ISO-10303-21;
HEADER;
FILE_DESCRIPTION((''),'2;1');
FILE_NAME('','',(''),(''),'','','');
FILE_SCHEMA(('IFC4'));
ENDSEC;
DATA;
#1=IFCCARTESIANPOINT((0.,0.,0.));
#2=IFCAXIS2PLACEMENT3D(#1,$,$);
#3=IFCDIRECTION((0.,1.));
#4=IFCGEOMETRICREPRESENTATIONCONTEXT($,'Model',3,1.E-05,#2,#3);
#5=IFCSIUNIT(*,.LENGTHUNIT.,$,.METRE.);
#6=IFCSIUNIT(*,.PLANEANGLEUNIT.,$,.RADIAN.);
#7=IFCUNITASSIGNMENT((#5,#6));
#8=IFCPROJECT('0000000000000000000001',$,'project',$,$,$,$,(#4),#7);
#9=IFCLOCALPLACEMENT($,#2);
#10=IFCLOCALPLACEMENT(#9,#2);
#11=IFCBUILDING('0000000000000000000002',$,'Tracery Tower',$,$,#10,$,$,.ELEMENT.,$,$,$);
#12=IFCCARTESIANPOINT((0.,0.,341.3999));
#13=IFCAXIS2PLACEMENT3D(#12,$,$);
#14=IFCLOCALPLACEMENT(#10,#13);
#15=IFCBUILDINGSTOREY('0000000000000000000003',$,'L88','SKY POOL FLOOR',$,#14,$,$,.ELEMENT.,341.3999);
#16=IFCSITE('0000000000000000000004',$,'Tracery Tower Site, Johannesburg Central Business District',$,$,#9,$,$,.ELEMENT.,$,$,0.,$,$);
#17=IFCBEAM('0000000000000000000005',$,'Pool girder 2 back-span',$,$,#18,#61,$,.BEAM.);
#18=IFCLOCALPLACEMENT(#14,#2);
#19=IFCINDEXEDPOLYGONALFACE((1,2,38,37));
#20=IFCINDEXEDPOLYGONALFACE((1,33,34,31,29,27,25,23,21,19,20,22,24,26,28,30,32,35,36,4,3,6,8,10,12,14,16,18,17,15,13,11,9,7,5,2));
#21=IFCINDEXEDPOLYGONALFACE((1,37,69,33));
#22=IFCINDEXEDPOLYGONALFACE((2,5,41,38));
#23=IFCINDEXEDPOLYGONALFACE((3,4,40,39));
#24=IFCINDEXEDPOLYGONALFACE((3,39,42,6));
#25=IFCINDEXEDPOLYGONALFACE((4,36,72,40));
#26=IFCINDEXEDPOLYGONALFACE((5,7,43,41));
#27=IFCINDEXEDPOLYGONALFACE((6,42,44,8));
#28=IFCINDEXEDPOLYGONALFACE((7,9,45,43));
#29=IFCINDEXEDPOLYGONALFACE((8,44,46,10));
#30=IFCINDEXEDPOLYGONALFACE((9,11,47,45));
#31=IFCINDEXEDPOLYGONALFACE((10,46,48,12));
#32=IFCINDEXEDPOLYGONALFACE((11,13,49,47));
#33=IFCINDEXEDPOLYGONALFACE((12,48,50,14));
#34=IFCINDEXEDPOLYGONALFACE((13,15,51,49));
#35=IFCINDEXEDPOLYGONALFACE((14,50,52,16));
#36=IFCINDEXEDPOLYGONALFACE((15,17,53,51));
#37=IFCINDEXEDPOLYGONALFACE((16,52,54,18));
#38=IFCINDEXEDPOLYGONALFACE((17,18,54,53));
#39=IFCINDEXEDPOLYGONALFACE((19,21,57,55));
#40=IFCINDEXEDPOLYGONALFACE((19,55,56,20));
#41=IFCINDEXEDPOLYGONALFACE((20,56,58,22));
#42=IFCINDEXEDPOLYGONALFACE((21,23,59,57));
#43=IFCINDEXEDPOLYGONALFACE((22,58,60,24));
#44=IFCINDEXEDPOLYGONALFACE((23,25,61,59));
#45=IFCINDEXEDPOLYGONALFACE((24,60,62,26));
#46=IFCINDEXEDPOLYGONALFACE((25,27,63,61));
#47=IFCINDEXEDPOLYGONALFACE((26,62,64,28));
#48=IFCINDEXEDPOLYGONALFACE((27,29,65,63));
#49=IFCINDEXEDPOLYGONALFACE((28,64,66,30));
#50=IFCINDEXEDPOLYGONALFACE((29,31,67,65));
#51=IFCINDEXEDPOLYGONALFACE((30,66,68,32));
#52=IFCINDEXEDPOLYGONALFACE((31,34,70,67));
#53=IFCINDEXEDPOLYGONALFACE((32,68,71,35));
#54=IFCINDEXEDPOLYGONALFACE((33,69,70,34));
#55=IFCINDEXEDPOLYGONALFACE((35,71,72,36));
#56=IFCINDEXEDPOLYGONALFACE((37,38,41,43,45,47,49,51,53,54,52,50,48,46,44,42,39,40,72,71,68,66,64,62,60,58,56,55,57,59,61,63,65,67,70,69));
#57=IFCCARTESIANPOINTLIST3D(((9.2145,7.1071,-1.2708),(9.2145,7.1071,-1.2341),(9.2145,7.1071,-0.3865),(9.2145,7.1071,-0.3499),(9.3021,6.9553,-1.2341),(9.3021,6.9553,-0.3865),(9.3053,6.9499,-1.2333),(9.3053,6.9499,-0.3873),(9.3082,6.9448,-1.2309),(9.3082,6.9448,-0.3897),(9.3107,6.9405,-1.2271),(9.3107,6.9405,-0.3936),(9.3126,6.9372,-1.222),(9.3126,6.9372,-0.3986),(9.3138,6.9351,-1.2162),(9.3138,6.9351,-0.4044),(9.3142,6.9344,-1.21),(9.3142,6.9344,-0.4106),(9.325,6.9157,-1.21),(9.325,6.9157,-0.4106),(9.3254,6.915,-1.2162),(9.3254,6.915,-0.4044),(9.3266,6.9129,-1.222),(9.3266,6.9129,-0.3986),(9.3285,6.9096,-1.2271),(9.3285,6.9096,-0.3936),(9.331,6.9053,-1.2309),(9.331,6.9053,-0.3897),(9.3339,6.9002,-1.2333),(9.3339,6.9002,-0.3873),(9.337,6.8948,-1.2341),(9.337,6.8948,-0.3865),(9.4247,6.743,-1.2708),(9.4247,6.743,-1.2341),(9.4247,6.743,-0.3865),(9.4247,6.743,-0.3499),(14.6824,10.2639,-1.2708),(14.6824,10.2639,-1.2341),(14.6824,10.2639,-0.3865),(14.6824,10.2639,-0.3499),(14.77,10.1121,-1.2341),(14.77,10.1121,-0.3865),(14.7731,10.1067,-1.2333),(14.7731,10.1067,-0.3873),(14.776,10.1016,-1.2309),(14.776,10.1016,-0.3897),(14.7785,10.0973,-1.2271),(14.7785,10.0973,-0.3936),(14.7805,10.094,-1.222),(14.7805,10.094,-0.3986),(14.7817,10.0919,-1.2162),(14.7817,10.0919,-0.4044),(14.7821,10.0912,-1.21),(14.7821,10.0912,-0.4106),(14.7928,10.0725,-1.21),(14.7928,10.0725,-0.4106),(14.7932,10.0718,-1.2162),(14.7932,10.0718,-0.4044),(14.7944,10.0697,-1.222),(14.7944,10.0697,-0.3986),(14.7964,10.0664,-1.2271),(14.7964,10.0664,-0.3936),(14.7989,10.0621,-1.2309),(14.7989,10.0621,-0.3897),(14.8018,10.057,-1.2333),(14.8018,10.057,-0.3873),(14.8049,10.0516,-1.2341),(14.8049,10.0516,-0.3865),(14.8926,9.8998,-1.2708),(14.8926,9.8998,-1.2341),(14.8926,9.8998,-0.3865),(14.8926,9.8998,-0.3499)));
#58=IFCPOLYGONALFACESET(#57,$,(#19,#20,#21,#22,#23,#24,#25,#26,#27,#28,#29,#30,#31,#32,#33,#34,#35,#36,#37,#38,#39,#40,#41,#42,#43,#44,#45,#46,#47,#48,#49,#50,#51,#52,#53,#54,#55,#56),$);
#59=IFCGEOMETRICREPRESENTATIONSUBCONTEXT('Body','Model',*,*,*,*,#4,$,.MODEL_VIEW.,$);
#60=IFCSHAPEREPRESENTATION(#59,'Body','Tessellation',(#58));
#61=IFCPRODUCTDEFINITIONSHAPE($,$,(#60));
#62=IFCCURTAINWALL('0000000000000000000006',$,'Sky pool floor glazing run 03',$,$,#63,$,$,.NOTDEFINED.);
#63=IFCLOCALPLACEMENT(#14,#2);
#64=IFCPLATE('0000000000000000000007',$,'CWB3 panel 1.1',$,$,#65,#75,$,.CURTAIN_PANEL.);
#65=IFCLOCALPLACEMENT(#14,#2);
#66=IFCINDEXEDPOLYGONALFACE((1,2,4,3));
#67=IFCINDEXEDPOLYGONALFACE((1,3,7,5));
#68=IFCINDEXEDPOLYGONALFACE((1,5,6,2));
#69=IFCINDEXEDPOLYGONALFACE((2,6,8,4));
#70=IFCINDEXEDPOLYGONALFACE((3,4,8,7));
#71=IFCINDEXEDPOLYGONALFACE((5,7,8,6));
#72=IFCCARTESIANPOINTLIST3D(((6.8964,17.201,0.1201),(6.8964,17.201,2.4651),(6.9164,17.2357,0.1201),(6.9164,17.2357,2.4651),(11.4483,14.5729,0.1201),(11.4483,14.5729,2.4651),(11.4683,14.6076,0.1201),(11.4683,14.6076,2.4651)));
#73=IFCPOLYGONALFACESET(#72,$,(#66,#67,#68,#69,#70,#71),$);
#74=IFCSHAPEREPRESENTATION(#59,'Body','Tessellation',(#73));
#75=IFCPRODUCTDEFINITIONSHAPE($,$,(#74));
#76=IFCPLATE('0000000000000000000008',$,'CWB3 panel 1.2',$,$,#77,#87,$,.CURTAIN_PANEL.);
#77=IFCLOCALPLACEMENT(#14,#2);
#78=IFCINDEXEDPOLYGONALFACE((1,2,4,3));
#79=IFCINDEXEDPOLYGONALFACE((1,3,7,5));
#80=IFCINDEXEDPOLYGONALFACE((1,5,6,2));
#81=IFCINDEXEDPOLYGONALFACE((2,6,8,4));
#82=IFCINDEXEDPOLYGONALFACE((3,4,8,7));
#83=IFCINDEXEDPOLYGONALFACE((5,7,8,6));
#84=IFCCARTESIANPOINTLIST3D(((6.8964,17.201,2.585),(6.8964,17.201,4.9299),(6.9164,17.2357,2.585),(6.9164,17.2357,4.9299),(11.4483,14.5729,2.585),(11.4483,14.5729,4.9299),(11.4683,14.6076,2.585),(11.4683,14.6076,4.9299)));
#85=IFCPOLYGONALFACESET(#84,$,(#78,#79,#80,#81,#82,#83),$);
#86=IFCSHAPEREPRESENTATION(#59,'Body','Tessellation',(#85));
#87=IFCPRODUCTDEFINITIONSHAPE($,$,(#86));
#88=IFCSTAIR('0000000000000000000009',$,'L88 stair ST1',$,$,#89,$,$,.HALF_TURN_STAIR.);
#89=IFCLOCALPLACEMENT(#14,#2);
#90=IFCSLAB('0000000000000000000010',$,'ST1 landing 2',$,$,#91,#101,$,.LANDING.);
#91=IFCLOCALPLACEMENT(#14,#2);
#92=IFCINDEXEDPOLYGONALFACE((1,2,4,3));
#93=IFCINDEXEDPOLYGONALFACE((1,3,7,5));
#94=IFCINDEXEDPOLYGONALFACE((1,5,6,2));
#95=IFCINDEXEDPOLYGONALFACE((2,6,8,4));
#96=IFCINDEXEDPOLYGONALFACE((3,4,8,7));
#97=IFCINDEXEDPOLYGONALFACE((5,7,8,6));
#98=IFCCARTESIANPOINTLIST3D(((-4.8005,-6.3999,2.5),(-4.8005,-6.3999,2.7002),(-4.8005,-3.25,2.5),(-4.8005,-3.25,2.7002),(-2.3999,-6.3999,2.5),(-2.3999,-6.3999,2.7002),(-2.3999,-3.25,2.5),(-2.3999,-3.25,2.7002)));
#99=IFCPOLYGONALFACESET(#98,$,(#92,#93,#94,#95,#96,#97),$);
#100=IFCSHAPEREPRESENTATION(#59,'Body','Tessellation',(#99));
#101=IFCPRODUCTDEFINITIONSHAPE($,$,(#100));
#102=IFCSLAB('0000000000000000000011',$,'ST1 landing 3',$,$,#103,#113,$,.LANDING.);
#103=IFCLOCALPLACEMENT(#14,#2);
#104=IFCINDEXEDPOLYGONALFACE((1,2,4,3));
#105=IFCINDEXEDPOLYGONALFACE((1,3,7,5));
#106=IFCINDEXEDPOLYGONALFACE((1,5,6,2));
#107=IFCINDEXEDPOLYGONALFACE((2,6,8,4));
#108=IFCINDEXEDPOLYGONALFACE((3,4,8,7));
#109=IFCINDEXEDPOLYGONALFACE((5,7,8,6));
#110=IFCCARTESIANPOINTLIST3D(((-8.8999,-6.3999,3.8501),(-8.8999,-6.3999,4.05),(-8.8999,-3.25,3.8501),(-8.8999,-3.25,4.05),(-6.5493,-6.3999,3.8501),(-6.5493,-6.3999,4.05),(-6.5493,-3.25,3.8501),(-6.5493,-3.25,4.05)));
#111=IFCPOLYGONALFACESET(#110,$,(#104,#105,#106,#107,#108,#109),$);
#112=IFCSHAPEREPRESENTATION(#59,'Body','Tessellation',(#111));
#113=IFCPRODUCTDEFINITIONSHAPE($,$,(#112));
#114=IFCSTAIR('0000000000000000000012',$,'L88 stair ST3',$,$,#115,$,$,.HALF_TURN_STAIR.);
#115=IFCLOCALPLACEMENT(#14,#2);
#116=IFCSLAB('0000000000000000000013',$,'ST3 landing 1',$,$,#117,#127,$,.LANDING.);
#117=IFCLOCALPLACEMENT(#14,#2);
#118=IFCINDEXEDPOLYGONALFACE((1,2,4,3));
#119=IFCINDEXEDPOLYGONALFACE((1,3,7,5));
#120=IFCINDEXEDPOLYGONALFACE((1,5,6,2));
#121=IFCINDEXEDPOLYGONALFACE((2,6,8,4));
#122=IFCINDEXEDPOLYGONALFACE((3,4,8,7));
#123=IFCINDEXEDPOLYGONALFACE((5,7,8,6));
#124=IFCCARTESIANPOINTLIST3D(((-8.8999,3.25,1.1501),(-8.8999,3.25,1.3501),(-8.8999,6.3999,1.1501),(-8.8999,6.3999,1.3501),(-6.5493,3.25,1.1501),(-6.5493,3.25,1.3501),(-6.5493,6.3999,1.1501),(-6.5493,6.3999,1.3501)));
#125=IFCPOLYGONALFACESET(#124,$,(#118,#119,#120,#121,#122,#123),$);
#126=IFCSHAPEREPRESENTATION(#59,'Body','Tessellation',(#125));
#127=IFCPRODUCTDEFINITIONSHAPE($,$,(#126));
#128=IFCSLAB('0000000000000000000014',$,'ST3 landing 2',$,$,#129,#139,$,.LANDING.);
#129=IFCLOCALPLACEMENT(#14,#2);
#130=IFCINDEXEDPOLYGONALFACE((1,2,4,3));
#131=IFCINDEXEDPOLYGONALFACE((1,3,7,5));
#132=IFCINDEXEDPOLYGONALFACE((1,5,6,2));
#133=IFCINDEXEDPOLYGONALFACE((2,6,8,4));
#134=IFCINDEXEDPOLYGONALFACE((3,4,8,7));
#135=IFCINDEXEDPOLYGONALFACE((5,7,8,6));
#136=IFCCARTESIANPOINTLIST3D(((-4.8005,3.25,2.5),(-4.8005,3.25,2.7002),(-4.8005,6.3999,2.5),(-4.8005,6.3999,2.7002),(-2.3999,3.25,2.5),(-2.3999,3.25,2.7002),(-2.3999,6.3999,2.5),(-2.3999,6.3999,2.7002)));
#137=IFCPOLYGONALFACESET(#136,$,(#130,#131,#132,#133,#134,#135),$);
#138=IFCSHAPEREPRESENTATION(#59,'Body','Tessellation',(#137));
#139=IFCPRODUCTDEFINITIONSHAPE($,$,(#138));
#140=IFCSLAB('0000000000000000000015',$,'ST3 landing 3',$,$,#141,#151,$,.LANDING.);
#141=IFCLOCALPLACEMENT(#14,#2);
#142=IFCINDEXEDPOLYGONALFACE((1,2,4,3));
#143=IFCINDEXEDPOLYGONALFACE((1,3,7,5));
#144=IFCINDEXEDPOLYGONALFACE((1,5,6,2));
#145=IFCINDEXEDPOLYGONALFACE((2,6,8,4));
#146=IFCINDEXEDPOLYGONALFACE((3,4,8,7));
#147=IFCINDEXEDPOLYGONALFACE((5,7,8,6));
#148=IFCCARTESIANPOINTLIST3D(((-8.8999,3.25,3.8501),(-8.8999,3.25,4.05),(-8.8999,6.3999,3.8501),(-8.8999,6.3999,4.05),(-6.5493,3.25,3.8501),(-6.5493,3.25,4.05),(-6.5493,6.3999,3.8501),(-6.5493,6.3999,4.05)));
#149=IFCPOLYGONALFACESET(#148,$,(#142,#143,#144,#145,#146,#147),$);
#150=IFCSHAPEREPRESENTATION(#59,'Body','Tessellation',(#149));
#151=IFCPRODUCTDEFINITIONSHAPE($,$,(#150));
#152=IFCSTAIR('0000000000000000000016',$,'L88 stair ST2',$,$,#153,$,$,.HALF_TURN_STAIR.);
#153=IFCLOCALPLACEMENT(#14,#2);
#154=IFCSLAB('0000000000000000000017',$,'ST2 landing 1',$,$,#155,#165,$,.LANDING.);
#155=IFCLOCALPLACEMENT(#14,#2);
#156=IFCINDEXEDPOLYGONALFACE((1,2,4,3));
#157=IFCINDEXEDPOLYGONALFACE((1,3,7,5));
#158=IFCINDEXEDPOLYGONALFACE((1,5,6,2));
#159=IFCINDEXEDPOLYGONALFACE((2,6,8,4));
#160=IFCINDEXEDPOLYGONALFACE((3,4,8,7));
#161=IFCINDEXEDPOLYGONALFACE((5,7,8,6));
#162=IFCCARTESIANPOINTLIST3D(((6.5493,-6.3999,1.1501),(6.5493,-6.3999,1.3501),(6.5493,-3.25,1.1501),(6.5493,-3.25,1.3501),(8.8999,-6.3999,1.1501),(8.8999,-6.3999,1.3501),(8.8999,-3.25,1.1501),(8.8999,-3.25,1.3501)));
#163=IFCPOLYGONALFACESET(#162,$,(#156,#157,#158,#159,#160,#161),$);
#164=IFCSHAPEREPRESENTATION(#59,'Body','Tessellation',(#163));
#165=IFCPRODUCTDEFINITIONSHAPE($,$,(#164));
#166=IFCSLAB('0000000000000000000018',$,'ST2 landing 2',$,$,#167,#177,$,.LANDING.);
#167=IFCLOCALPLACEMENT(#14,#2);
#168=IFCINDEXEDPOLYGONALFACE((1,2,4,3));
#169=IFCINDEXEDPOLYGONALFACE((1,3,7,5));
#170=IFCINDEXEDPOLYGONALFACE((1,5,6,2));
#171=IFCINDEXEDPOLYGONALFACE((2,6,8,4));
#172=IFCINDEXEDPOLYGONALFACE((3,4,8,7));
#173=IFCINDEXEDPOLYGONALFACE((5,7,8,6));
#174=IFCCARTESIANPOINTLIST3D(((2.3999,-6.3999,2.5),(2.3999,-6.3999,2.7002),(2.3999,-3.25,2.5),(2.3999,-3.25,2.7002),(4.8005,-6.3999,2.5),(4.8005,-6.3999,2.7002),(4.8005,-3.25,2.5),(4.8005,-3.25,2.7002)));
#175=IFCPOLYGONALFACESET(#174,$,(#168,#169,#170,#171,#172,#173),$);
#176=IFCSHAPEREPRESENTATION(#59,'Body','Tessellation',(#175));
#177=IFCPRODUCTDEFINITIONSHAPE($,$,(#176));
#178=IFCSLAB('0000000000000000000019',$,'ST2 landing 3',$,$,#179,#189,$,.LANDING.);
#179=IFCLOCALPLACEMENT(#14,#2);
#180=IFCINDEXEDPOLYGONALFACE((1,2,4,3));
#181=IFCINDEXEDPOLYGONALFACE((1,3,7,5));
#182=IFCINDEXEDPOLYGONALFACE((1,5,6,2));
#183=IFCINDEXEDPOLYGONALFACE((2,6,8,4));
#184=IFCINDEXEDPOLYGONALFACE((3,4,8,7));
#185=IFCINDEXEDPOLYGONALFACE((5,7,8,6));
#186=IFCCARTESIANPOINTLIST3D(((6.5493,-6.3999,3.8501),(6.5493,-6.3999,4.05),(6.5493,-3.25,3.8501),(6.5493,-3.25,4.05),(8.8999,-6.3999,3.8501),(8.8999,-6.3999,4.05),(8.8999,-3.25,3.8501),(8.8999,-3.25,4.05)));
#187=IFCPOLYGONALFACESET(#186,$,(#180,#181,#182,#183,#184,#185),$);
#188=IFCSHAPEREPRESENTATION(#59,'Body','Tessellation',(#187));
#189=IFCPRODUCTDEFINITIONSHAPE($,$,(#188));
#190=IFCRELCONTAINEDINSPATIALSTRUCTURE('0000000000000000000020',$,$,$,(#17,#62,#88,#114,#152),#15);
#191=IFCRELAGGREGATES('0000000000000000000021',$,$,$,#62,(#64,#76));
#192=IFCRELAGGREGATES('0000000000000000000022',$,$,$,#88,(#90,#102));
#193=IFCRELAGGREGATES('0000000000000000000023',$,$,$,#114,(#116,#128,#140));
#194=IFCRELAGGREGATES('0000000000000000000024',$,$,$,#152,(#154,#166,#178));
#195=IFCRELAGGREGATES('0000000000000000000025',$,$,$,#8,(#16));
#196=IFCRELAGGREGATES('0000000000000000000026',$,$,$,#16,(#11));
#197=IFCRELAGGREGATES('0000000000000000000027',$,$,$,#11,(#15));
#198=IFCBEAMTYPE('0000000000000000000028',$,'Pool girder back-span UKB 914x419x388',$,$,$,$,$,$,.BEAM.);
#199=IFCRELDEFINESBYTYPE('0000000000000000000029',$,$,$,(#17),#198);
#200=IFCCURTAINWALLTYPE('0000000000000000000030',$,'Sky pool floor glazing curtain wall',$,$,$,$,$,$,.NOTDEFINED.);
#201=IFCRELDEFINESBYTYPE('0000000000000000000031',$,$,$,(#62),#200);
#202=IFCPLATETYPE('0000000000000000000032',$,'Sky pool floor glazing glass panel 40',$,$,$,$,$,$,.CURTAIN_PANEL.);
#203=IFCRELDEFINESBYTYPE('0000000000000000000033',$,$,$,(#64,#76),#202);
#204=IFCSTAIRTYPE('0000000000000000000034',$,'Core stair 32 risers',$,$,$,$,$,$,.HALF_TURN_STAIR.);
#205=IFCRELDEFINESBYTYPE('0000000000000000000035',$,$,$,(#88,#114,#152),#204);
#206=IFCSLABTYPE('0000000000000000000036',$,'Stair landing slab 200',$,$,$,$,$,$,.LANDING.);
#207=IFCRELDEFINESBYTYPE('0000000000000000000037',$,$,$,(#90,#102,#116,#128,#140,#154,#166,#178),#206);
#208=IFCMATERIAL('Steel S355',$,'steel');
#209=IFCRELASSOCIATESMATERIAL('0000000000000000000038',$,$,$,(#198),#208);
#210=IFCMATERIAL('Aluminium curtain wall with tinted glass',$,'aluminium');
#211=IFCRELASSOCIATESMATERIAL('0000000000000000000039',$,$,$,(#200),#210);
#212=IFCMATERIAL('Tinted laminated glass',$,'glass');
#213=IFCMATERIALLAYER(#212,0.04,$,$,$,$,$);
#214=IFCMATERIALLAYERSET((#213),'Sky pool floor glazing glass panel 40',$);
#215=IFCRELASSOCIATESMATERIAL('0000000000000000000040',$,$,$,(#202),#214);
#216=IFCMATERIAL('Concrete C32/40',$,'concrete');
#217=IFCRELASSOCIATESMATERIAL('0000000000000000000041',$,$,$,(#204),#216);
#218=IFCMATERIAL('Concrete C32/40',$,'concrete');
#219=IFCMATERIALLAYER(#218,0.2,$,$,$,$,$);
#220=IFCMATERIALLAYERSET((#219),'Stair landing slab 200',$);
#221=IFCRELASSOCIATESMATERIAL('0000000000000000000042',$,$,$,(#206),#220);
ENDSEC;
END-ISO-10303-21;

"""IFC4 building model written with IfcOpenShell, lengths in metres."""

from ifc_helpers import new_model, si_unit, direction, frame, origin, origin_2d, place, context, subcontext, project, spatial, polyline, rectangle, i_section, outline, extrude, material, layer, layer_set, material_profile, profile_set, type_object, element, aggregate, save


model = new_model("IFC4")

# Units and contexts
model_context = context("Model", 3, precision=1e-05, world=origin(), true_north=direction((0.0, 1.0)))
body_context = subcontext(model_context, "Body", "Model", "MODEL_VIEW")
ifc_project = project(units=[si_unit("LENGTHUNIT", "METRE"), si_unit("PLANEANGLEUNIT", "RADIAN")], contexts=[model_context])

# Site, building, storey
site_placement = place(None, origin())
site = spatial("IfcSite", under=ifc_project, at=site_placement, Name="Tracery Tower Site, Johannesburg Central Business District", CompositionType="ELEMENT", RefElevation=0.0)
building_placement = place(site_placement, origin())
building = spatial("IfcBuilding", under=site, at=building_placement, Name="Tracery Tower", CompositionType="ELEMENT")
storey_placement = place(building_placement, frame((0.0, 0.0, 341.3999)))
storey = spatial("IfcBuildingStorey", under=building, at=storey_placement, Name="L88", Description="SKY POOL FLOOR", CompositionType="ELEMENT", Elevation=341.3999)

# Beam
ifc_material_1 = material(Name="Steel S355", Category="steel")
ifc_material_profile_1 = material_profile(ifc_material_1, i_section(OverallWidth=0.4204, OverallDepth=0.9209, WebThickness=0.0215, FlangeThickness=0.0366, FilletRadius=0.0242, at=origin_2d()), Name="UKB 914x419x388")
ifc_profile_set_1 = profile_set([ifc_material_profile_1], Name="Steel S355")
beam_type_1 = type_object("IfcBeamType", Name="Pool girder back-span UKB 914x419x388", PredefinedType="BEAM", material=ifc_profile_set_1)
beam_1_placement = place(storey_placement, frame((9.3196, 6.925, -0.8103), z_axis=(0.866031, 0.49999, 0.0), x_axis=(-0.49999, 0.866031, 0.0)))
element("IfcBeam", 1, at=beam_1_placement, inside=storey, type_object=beam_type_1, Name="Pool girder 2 back-span", PredefinedType="BEAM", context=body_context, shape_type="SweptSolid", body=[
    extrude(i_section(OverallWidth=0.4204, OverallDepth=0.9209, WebThickness=0.0215, FlangeThickness=0.0366, FilletRadius=0.0242, at=origin_2d()), origin(), (0.0, 0.0, 1.0), 6.3137),
])

# Curtain wall, plates
ifc_material_2 = material(Name="Aluminium curtain wall with tinted glass", Category="aluminium")
curtain_wall_type = type_object("IfcCurtainWallType", Name="Sky pool floor glazing curtain wall", PredefinedType="NOTDEFINED", material=ifc_material_2)
curtain_wall_placement = place(storey_placement, origin())
curtain_wall = element("IfcCurtainWall", 2, at=curtain_wall_placement, inside=storey, type_object=curtain_wall_type, Name="Sky pool floor glazing run 03", PredefinedType="NOTDEFINED")
ifc_material_3 = material(Name="Tinted laminated glass", Category="glass")
ifc_layer_1 = layer(ifc_material_3, 0.04)
ifc_layer_set_1 = layer_set([ifc_layer_1], Name="Sky pool floor glazing glass panel 40")
plate_type = type_object("IfcPlateType", Name="Sky pool floor glazing glass panel 40", PredefinedType="CURTAIN_PANEL", material=ifc_layer_set_1)
plate_1_placement = place(storey_placement, frame((9.1824, 15.9043, 0.1201), z_axis=(0.0, 0.0, 1.0), x_axis=(-0.86602, 0.500009, 0.0)))
plate_1 = element("IfcPlate", 3, at=plate_1_placement, type_object=plate_type, Name="CWB3 panel 1.1", PredefinedType="CURTAIN_PANEL", context=body_context, shape_type="SweptSolid", body=[
    extrude(rectangle(XDim=5.2561, YDim=0.04, at=origin_2d()), origin(), (0.0, 0.0, 1.0), 2.345),
])
plate_2_placement = place(storey_placement, frame((9.1824, 15.9043, 2.585), z_axis=(0.0, 0.0, 1.0), x_axis=(-0.86602, 0.500009, 0.0)))
plate_2 = element("IfcPlate", 4, at=plate_2_placement, type_object=plate_type, Name="CWB3 panel 1.2", PredefinedType="CURTAIN_PANEL", context=body_context, shape_type="SweptSolid", body=[
    extrude(rectangle(XDim=5.2561, YDim=0.04, at=origin_2d()), origin(), (0.0, 0.0, 1.0), 2.345),
])
aggregate(curtain_wall, [plate_1, plate_2])

# Stairs, slabs
ifc_material_4 = material(Name="Concrete C32/40", Category="concrete")
stair_type = type_object("IfcStairType", Name="Core stair 32 risers", PredefinedType="HALF_TURN_STAIR", material=ifc_material_4)
stair_1_placement = place(storey_placement, origin())
stair_1 = element("IfcStair", 5, at=stair_1_placement, inside=storey, type_object=stair_type, Name="L88 stair ST1", PredefinedType="HALF_TURN_STAIR")
ifc_material_5 = material(Name="Concrete C32/40", Category="concrete")
ifc_layer_2 = layer(ifc_material_5, 0.2)
ifc_layer_set_2 = layer_set([ifc_layer_2], Name="Stair landing slab 200")
slab_type = type_object("IfcSlabType", Name="Stair landing slab 200", PredefinedType="LANDING", material=ifc_layer_set_2)
slab_1_placement = place(storey_placement, frame((0.0, 0.0, 2.5)))
slab_1 = element("IfcSlab", 6, at=slab_1_placement, type_object=slab_type, Name="ST1 landing 2", PredefinedType="LANDING", context=body_context, shape_type="SweptSolid", body=[
    extrude(outline(polyline([(-2.3999, -3.25), (-4.8005, -3.25), (-4.8005, -6.3999), (-2.3999, -6.3999), (-2.3999, -3.25)])), origin(), (0.0, 0.0, 1.0), 0.2002),
])
slab_2_placement = place(storey_placement, frame((0.0, 0.0, 3.8501)))
slab_2 = element("IfcSlab", 7, at=slab_2_placement, type_object=slab_type, Name="ST1 landing 3", PredefinedType="LANDING", context=body_context, shape_type="SweptSolid", body=[
    extrude(outline(polyline([(-6.5493, -3.25), (-8.8999, -3.25), (-8.8999, -6.3999), (-6.5493, -6.3999), (-6.5493, -3.25)])), origin(), (0.0, 0.0, 1.0), 0.2),
])
aggregate(stair_1, [slab_1, slab_2])
stair_2_placement = place(storey_placement, origin())
stair_2 = element("IfcStair", 8, at=stair_2_placement, inside=storey, type_object=stair_type, Name="L88 stair ST3", PredefinedType="HALF_TURN_STAIR")
slab_3_placement = place(storey_placement, frame((0.0, 0.0, 1.1501)))
slab_3 = element("IfcSlab", 9, at=slab_3_placement, type_object=slab_type, Name="ST3 landing 1", PredefinedType="LANDING", context=body_context, shape_type="SweptSolid", body=[
    extrude(outline(polyline([(-6.5493, 6.3999), (-8.8999, 6.3999), (-8.8999, 3.25), (-6.5493, 3.25), (-6.5493, 6.3999)])), origin(), (0.0, 0.0, 1.0), 0.2),
])
slab_4_placement = place(storey_placement, frame((0.0, 0.0, 2.5)))
slab_4 = element("IfcSlab", 10, at=slab_4_placement, type_object=slab_type, Name="ST3 landing 2", PredefinedType="LANDING", context=body_context, shape_type="SweptSolid", body=[
    extrude(outline(polyline([(-2.3999, 6.3999), (-4.8005, 6.3999), (-4.8005, 3.25), (-2.3999, 3.25), (-2.3999, 6.3999)])), origin(), (0.0, 0.0, 1.0), 0.2002),
])
slab_5_placement = place(storey_placement, frame((0.0, 0.0, 3.8501)))
slab_5 = element("IfcSlab", 11, at=slab_5_placement, type_object=slab_type, Name="ST3 landing 3", PredefinedType="LANDING", context=body_context, shape_type="SweptSolid", body=[
    extrude(outline(polyline([(-6.5493, 6.3999), (-8.8999, 6.3999), (-8.8999, 3.25), (-6.5493, 3.25), (-6.5493, 6.3999)])), origin(), (0.0, 0.0, 1.0), 0.2),
])
aggregate(stair_2, [slab_3, slab_4, slab_5])
stair_3_placement = place(storey_placement, origin())
stair_3 = element("IfcStair", 12, at=stair_3_placement, inside=storey, type_object=stair_type, Name="L88 stair ST2", PredefinedType="HALF_TURN_STAIR")
slab_6_placement = place(storey_placement, frame((0.0, 0.0, 1.1501)))
slab_6 = element("IfcSlab", 13, at=slab_6_placement, type_object=slab_type, Name="ST2 landing 1", PredefinedType="LANDING", context=body_context, shape_type="SweptSolid", body=[
    extrude(outline(polyline([(6.5493, -6.3999), (8.8999, -6.3999), (8.8999, -3.25), (6.5493, -3.25), (6.5493, -6.3999)])), origin(), (0.0, 0.0, 1.0), 0.2),
])
slab_7_placement = place(storey_placement, frame((0.0, 0.0, 2.5)))
slab_7 = element("IfcSlab", 14, at=slab_7_placement, type_object=slab_type, Name="ST2 landing 2", PredefinedType="LANDING", context=body_context, shape_type="SweptSolid", body=[
    extrude(outline(polyline([(2.3999, -6.3999), (4.8005, -6.3999), (4.8005, -3.25), (2.3999, -3.25), (2.3999, -6.3999)])), origin(), (0.0, 0.0, 1.0), 0.2002),
])
slab_8_placement = place(storey_placement, frame((0.0, 0.0, 3.8501)))
slab_8 = element("IfcSlab", 15, at=slab_8_placement, type_object=slab_type, Name="ST2 landing 3", PredefinedType="LANDING", context=body_context, shape_type="SweptSolid", body=[
    extrude(outline(polyline([(6.5493, -6.3999), (8.8999, -6.3999), (8.8999, -3.25), (6.5493, -3.25), (6.5493, -6.3999)])), origin(), (0.0, 0.0, 1.0), 0.2),
])
aggregate(stair_3, [slab_6, slab_7, slab_8])

save(model, "model.ifc")
